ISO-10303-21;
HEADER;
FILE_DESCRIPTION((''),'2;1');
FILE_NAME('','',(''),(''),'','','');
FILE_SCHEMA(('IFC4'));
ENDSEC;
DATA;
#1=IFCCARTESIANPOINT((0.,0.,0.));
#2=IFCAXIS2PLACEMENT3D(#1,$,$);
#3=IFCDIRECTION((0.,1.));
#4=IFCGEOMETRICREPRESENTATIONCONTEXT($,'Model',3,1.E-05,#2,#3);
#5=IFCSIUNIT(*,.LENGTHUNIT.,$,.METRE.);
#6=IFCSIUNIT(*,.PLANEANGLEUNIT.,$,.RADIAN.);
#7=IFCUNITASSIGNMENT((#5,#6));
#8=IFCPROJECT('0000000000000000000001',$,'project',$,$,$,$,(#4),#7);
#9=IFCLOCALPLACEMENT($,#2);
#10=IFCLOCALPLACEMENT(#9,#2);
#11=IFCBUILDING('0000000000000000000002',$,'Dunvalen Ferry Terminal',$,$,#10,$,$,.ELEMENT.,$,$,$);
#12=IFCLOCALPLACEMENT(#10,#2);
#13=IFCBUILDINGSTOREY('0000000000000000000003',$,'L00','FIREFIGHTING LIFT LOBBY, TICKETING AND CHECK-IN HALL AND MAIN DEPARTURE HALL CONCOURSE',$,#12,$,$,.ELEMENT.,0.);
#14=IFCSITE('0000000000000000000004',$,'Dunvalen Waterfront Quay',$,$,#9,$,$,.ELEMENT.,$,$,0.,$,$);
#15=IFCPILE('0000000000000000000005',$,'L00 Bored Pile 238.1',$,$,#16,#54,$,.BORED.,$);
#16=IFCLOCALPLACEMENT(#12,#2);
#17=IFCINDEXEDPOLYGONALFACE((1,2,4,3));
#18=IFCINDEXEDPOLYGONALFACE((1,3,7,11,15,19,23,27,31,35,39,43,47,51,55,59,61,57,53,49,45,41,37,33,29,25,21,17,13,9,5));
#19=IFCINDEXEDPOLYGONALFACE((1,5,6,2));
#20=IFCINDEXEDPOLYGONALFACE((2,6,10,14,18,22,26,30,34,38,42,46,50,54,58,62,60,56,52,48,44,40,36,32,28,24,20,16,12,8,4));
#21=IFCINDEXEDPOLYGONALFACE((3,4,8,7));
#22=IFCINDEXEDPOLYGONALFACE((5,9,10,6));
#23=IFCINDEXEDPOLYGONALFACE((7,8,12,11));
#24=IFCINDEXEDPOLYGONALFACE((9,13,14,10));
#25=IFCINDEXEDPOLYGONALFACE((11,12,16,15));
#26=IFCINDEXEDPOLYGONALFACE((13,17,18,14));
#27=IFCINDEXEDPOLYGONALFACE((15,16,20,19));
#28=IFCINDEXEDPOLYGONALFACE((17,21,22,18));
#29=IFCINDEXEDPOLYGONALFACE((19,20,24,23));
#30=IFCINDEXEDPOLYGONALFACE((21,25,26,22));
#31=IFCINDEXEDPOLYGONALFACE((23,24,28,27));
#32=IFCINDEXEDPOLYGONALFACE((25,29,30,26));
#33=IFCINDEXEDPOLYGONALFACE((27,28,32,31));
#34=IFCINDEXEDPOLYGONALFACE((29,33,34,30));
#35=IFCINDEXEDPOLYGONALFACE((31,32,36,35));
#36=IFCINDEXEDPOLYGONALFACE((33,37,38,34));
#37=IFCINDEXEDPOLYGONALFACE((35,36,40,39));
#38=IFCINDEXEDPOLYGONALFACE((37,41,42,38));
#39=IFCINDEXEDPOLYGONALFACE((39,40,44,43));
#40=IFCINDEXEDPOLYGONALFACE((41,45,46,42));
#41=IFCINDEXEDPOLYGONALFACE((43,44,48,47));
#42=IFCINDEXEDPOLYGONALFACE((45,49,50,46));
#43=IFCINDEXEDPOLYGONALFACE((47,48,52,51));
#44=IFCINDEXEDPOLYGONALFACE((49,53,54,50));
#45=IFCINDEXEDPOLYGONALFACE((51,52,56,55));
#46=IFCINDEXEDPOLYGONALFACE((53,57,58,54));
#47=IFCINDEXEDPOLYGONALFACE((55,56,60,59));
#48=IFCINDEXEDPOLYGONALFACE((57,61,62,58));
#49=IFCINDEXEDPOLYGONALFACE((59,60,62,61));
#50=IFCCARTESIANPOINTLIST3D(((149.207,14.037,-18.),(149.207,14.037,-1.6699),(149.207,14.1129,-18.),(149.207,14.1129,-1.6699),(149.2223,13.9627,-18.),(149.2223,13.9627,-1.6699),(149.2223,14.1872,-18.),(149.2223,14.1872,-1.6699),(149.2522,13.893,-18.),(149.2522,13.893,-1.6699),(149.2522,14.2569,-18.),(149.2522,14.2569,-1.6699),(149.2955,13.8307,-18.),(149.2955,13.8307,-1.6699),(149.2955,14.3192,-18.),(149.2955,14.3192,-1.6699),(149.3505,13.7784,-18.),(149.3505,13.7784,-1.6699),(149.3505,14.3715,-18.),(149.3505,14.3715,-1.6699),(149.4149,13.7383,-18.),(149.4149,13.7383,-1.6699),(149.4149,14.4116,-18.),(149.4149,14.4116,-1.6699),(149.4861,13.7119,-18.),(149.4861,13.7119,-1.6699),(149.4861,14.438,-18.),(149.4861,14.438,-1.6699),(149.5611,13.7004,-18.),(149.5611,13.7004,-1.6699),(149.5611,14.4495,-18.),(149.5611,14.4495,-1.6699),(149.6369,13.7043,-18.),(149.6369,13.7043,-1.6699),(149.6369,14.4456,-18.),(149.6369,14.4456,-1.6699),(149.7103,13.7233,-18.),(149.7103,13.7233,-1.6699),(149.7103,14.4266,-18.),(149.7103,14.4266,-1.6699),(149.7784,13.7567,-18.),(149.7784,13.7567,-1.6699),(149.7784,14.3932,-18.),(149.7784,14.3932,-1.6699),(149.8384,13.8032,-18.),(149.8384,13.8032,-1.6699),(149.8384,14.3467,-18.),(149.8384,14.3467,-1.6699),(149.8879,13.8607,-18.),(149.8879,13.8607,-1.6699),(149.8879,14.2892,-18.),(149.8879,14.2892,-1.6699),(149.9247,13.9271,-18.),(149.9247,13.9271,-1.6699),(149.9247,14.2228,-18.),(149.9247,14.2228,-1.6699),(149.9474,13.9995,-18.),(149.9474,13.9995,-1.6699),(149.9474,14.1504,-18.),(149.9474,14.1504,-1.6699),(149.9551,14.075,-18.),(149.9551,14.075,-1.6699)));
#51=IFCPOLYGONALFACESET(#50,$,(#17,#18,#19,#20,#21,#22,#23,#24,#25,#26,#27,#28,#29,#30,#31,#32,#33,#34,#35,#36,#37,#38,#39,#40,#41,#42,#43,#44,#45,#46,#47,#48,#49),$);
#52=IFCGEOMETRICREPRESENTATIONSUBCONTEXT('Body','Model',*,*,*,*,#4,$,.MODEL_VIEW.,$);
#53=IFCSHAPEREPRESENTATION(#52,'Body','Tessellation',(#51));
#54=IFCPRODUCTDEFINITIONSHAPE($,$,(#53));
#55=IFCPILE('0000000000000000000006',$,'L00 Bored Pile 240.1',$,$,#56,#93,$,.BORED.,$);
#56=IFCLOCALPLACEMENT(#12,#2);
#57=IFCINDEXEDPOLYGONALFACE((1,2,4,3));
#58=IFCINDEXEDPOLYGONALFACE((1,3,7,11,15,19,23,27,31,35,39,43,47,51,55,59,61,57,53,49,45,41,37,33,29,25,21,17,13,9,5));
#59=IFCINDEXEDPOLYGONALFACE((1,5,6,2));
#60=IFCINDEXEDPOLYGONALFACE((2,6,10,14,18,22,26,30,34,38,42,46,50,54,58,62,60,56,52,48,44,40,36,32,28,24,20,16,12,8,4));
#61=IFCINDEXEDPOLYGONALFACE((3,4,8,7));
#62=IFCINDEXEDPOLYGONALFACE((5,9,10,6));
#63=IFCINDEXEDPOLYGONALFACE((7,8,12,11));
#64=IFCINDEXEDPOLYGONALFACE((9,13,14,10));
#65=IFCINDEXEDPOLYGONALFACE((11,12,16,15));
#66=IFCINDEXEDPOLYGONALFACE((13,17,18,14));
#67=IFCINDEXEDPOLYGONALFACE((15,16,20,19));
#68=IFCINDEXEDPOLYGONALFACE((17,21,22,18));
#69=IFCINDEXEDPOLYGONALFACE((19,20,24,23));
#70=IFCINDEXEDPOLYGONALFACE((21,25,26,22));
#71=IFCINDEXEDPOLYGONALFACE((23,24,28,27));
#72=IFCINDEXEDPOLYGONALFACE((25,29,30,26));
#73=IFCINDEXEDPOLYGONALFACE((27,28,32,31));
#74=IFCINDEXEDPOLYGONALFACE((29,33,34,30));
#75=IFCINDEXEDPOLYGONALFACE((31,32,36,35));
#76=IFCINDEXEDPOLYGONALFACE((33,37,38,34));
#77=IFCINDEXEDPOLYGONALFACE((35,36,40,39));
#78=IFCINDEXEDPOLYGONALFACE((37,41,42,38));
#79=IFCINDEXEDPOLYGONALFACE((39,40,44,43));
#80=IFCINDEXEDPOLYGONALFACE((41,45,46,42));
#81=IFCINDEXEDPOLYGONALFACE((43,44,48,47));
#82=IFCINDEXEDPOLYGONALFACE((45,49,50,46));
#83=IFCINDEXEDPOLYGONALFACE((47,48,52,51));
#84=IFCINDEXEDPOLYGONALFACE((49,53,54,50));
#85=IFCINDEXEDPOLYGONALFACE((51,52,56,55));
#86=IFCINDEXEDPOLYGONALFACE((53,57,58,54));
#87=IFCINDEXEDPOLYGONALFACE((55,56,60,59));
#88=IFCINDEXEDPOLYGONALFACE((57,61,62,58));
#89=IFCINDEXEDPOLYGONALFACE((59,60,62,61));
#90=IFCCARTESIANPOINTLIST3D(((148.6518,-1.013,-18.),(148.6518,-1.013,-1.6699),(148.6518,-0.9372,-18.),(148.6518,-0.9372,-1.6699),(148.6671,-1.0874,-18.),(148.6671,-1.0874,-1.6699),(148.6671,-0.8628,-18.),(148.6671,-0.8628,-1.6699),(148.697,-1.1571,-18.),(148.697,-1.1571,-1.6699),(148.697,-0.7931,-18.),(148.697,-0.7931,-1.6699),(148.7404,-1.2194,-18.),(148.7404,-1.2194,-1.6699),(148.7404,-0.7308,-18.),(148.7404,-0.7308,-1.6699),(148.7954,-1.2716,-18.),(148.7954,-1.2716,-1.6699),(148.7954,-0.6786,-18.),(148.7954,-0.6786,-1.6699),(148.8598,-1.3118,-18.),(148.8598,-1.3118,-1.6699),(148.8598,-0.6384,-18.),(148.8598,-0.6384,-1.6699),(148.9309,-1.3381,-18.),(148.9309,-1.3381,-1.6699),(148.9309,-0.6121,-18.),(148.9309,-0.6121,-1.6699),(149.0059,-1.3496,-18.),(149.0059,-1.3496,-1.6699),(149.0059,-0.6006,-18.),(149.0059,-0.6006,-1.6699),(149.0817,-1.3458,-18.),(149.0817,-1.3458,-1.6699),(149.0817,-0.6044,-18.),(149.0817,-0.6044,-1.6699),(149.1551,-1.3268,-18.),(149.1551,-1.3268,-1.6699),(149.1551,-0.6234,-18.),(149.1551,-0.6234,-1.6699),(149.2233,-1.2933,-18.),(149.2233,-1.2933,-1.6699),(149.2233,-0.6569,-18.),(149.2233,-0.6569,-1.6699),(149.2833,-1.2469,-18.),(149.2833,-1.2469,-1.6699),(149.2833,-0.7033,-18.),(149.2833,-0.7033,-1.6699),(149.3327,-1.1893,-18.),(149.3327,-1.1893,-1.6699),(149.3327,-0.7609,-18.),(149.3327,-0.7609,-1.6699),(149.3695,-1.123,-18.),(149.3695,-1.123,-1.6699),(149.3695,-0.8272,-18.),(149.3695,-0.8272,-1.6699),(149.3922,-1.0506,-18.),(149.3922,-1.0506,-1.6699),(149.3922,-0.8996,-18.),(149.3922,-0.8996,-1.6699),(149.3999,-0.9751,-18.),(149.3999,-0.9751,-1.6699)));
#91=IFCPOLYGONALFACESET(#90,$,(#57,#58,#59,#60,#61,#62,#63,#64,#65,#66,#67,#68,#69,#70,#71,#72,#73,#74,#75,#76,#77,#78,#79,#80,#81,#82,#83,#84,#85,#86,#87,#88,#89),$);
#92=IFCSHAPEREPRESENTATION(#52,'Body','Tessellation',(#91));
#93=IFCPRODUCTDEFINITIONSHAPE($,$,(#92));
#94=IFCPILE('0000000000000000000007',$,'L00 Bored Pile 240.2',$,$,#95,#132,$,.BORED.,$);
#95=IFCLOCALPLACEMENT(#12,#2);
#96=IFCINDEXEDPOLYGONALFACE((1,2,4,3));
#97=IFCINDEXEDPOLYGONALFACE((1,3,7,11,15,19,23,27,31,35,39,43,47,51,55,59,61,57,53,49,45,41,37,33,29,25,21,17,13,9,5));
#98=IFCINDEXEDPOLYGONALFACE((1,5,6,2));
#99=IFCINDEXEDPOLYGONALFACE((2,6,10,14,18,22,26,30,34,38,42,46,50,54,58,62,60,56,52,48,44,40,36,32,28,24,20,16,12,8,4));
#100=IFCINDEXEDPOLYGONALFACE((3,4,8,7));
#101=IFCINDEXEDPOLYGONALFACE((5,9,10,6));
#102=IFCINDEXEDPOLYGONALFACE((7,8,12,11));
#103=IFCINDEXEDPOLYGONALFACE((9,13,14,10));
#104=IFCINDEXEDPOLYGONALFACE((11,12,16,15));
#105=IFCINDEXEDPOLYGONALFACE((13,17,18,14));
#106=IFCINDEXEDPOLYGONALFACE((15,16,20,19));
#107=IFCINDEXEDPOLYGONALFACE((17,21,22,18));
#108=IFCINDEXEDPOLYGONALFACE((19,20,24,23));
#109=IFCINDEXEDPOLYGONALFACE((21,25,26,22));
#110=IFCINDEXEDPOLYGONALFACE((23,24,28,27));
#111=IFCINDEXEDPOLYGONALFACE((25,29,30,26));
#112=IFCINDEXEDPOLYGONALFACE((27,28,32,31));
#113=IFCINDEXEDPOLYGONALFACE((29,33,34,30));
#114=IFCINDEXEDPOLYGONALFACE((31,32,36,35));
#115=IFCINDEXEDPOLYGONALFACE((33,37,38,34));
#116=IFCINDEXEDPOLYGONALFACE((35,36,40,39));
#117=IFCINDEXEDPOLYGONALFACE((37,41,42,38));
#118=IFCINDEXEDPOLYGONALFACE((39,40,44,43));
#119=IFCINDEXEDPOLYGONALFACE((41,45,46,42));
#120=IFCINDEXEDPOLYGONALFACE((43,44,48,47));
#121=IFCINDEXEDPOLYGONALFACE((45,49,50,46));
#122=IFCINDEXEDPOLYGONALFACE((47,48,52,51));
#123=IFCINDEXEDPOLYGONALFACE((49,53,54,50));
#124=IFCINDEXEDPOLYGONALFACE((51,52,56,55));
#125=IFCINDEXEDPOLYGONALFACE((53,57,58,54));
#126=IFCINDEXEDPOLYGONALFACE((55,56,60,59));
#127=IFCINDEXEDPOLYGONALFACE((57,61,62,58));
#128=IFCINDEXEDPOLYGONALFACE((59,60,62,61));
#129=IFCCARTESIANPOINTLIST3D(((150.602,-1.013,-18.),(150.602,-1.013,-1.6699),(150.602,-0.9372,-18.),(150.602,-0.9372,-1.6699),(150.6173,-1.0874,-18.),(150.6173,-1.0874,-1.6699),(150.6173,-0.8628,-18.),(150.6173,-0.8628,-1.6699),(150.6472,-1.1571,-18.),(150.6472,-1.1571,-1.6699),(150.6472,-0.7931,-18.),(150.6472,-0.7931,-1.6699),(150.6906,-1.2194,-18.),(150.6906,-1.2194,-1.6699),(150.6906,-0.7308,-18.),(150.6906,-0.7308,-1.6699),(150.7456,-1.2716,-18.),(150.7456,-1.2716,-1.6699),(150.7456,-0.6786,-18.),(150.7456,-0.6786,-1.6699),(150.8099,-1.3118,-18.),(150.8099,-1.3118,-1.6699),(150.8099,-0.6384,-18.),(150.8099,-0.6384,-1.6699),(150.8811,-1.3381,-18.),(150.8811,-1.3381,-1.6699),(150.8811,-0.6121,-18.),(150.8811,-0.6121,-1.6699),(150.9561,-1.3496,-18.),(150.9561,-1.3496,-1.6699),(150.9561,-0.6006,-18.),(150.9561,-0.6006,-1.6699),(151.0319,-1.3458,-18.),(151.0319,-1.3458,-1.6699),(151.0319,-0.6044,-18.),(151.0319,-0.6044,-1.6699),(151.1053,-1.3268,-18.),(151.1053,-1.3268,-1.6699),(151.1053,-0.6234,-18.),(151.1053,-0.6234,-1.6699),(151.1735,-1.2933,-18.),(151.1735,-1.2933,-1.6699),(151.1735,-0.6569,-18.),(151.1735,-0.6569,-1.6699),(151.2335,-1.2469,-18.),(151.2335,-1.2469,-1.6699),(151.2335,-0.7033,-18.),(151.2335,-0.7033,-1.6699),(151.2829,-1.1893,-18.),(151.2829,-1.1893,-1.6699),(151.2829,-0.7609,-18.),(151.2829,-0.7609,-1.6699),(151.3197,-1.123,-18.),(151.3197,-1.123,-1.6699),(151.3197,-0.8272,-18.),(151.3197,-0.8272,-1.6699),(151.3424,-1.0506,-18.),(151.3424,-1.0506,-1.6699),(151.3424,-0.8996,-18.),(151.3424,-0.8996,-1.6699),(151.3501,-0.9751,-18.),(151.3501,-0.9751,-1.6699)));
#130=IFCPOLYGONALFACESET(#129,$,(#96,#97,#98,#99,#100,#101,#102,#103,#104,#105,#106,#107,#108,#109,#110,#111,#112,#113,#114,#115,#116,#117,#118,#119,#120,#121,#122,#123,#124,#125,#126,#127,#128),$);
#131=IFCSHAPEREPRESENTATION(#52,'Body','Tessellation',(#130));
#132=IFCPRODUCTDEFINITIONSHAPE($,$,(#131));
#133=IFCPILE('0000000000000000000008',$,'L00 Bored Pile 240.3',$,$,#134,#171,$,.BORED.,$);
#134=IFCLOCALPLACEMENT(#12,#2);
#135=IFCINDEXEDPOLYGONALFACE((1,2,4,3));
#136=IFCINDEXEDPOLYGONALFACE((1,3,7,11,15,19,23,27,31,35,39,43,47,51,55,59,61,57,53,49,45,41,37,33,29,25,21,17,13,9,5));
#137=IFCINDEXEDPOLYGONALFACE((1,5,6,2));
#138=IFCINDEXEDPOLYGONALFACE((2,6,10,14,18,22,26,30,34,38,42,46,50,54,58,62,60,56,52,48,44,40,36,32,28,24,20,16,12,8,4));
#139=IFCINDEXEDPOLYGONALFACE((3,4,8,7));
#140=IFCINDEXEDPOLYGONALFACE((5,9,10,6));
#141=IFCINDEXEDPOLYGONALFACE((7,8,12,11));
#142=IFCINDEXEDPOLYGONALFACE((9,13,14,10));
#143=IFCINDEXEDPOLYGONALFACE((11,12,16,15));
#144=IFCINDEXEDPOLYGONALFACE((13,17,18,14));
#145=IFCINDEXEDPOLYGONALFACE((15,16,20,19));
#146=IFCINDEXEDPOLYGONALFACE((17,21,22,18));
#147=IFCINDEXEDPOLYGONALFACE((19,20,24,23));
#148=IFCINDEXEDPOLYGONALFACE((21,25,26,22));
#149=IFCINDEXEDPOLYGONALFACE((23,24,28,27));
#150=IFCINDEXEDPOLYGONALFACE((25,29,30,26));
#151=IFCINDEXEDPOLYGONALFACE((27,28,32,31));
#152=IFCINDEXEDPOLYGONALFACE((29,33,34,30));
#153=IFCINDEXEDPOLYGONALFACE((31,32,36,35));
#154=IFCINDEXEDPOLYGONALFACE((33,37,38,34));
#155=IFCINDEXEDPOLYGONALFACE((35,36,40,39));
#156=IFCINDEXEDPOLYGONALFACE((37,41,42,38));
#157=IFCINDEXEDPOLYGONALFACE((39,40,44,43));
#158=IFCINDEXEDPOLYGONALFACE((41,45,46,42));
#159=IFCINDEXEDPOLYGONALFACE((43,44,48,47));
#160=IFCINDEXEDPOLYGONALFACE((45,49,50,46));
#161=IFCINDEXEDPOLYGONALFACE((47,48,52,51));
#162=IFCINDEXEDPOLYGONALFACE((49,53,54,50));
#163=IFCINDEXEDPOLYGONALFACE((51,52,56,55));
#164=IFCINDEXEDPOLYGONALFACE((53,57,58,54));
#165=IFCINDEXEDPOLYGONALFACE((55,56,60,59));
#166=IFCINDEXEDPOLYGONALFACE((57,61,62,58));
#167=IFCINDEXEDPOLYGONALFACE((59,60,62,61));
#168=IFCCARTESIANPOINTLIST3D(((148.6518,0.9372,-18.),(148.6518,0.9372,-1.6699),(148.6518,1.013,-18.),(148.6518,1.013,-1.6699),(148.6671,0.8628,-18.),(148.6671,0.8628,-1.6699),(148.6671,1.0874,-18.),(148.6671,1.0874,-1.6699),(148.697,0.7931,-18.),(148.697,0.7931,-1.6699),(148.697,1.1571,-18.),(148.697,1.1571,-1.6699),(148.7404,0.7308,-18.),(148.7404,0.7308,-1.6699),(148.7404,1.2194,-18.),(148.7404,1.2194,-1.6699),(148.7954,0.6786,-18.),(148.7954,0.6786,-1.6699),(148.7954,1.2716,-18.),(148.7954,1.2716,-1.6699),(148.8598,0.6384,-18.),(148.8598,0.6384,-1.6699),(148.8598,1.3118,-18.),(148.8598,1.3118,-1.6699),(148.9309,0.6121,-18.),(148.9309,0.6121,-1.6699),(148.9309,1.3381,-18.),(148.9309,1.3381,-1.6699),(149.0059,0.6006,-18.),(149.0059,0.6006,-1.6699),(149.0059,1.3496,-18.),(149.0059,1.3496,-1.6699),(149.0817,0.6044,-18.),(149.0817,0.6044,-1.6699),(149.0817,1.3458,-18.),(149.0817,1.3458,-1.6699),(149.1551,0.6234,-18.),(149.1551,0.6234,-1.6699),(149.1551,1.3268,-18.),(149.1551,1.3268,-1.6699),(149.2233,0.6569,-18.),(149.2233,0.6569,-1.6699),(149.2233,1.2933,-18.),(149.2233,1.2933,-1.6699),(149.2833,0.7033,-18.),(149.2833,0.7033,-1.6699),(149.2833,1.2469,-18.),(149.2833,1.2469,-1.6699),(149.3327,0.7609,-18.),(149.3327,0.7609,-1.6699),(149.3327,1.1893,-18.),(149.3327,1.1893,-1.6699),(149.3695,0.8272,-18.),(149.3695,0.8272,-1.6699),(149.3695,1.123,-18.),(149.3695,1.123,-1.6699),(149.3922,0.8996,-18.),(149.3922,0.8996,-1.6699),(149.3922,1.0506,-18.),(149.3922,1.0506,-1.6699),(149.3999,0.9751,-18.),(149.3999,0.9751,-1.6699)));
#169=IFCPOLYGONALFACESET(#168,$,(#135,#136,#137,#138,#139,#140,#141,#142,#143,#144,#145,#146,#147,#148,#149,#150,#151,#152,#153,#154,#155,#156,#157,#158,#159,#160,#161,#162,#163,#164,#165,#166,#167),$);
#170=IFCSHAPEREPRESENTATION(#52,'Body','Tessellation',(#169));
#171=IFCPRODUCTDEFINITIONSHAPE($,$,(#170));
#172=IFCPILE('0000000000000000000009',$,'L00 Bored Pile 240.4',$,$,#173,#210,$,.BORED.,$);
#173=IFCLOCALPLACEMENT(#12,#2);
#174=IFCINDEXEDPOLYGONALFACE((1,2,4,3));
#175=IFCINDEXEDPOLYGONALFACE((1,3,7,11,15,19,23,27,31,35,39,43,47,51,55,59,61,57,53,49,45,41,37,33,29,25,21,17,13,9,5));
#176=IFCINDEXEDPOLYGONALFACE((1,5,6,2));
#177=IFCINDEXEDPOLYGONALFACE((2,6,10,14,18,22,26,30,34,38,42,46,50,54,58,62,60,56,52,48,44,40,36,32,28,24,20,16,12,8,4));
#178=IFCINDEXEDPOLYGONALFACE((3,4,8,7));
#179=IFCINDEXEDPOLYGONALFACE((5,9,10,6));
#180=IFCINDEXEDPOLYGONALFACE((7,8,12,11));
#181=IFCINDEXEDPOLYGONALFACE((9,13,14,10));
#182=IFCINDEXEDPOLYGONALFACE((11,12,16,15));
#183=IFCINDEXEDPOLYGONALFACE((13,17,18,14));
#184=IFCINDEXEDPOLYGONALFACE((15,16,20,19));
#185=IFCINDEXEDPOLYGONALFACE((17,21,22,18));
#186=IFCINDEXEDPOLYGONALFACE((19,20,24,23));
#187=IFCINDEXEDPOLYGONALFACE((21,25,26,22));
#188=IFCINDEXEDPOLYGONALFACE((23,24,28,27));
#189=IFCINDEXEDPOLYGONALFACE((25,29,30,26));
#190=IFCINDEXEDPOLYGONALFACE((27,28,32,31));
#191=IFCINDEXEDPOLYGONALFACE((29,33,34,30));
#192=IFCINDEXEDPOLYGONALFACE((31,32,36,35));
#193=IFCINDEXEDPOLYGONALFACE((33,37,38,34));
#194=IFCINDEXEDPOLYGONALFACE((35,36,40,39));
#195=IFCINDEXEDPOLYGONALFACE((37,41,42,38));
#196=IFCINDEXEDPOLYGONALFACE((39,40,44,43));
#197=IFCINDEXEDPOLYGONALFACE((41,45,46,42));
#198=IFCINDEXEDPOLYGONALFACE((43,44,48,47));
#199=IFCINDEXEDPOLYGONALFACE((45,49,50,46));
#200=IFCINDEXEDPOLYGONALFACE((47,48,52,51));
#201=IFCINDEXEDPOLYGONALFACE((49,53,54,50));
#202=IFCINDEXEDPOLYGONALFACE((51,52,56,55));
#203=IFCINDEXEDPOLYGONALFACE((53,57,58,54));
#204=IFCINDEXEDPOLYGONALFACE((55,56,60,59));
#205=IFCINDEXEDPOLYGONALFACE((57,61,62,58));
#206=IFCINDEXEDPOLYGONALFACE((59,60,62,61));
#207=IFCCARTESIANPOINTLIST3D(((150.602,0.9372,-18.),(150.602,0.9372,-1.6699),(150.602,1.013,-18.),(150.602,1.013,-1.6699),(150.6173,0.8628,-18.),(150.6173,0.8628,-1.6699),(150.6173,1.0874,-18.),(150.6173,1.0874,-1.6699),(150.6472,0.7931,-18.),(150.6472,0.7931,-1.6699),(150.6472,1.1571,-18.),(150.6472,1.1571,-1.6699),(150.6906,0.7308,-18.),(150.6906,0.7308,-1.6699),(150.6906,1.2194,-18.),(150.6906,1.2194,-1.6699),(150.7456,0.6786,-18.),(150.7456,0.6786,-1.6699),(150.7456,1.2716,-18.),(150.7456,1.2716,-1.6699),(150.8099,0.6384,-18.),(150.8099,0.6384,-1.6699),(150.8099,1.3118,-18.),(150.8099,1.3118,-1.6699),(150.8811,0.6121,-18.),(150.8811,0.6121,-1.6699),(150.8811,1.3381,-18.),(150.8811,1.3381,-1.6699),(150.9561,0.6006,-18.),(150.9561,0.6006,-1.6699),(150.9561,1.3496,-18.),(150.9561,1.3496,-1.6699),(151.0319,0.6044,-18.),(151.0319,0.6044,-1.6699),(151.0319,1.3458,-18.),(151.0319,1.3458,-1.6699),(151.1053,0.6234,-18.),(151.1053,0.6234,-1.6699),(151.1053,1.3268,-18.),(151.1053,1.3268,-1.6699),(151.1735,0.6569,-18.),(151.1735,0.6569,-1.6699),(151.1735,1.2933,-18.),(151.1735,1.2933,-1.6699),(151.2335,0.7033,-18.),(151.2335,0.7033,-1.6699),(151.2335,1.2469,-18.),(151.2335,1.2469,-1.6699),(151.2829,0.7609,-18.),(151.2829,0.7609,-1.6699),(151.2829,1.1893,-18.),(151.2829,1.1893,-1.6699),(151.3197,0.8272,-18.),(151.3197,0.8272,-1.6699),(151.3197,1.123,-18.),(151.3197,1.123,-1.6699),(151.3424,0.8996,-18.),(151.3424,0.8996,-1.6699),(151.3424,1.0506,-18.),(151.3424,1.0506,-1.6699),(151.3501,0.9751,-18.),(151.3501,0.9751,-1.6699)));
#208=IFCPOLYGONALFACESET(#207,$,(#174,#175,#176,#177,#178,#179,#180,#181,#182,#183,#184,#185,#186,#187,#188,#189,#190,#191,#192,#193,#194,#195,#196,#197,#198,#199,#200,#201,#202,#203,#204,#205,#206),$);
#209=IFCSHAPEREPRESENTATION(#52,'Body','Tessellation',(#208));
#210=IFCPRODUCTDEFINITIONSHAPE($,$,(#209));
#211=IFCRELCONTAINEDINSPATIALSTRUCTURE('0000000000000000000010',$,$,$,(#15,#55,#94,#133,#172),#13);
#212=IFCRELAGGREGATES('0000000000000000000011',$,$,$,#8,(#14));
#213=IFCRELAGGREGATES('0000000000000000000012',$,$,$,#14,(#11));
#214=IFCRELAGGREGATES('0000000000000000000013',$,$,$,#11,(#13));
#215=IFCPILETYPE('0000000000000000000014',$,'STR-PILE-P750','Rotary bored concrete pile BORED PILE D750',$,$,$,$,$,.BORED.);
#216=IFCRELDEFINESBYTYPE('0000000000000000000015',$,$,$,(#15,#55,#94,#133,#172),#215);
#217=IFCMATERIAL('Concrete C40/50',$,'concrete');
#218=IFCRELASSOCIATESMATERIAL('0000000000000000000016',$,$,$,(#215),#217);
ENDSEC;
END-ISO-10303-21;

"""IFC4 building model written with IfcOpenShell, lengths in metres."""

from ifc_helpers import new_model, si_unit, direction, frame, origin, origin_2d, place, context, subcontext, project, spatial, circle, extrude, material, material_profile, profile_set, type_object, element, save


model = new_model("IFC4")

# Units and contexts
model_context = context("Model", 3, precision=1e-05, world=origin(), true_north=direction((0.0, 1.0)))
body_context = subcontext(model_context, "Body", "Model", "MODEL_VIEW")
ifc_project = project(units=[si_unit("LENGTHUNIT", "METRE"), si_unit("PLANEANGLEUNIT", "RADIAN")], contexts=[model_context])

# Site, building, storey
site_placement = place(None, origin())
site = spatial("IfcSite", under=ifc_project, at=site_placement, Name="Dunvalen Waterfront Quay", CompositionType="ELEMENT", RefElevation=0.0)
building_placement = place(site_placement, origin())
building = spatial("IfcBuilding", under=site, at=building_placement, Name="Dunvalen Ferry Terminal", CompositionType="ELEMENT")
storey_placement = place(building_placement, origin())
storey = spatial("IfcBuildingStorey", under=building, at=storey_placement, Name="L00", Description="FIREFIGHTING LIFT LOBBY, TICKETING AND CHECK-IN HALL AND MAIN DEPARTURE HALL CONCOURSE", CompositionType="ELEMENT", Elevation=0.0)

# Shared definitions
ifc_material_1 = material(Name="Concrete C40/50", Category="concrete")

# Piles
ifc_material_profile_1 = material_profile(ifc_material_1, circle(Radius=0.375, at=origin_2d()), Name="Concrete C40/50")
ifc_profile_set_1 = profile_set([ifc_material_profile_1], Name="Concrete C40/50")
pile_type = type_object("IfcPileType", Name="STR-PILE-P750", Description="Rotary bored concrete pile BORED PILE D750", PredefinedType="BORED", material=ifc_profile_set_1)
for number, where, z_axis, x_axis, name in (
    (1, (149.5801, 14.075, -1.6699), (0.0, 0.0, -1.0), (1.0, 0.0, 0.0), "L00 Bored Pile 238.1"),
    (2, (149.0249, -0.9751, -1.6699), (0.0, 0.0, -1.0), (1.0, 0.0, 0.0), "L00 Bored Pile 240.1"),
    (3, (150.9751, -0.9751, -1.6699), (0.0, 0.0, -1.0), (1.0, 0.0, 0.0), "L00 Bored Pile 240.2"),
    (4, (149.0249, 0.9751, -1.6699), (0.0, 0.0, -1.0), (1.0, 0.0, 0.0), "L00 Bored Pile 240.3"),
    (5, (150.9751, 0.9751, -1.6699), (0.0, 0.0, -1.0), (1.0, 0.0, 0.0), "L00 Bored Pile 240.4"),
):
    element("IfcPile", number, at=place(storey_placement, frame(where, z_axis=z_axis, x_axis=x_axis)), inside=storey, type_object=pile_type, Name=name, PredefinedType="BORED", context=body_context, shape_type="SweptSolid", body=[
        extrude(circle(Radius=0.375, at=origin_2d()), origin(), (0.0, 0.0, 1.0), 16.3301),
    ])

save(model, "model.ifc")
